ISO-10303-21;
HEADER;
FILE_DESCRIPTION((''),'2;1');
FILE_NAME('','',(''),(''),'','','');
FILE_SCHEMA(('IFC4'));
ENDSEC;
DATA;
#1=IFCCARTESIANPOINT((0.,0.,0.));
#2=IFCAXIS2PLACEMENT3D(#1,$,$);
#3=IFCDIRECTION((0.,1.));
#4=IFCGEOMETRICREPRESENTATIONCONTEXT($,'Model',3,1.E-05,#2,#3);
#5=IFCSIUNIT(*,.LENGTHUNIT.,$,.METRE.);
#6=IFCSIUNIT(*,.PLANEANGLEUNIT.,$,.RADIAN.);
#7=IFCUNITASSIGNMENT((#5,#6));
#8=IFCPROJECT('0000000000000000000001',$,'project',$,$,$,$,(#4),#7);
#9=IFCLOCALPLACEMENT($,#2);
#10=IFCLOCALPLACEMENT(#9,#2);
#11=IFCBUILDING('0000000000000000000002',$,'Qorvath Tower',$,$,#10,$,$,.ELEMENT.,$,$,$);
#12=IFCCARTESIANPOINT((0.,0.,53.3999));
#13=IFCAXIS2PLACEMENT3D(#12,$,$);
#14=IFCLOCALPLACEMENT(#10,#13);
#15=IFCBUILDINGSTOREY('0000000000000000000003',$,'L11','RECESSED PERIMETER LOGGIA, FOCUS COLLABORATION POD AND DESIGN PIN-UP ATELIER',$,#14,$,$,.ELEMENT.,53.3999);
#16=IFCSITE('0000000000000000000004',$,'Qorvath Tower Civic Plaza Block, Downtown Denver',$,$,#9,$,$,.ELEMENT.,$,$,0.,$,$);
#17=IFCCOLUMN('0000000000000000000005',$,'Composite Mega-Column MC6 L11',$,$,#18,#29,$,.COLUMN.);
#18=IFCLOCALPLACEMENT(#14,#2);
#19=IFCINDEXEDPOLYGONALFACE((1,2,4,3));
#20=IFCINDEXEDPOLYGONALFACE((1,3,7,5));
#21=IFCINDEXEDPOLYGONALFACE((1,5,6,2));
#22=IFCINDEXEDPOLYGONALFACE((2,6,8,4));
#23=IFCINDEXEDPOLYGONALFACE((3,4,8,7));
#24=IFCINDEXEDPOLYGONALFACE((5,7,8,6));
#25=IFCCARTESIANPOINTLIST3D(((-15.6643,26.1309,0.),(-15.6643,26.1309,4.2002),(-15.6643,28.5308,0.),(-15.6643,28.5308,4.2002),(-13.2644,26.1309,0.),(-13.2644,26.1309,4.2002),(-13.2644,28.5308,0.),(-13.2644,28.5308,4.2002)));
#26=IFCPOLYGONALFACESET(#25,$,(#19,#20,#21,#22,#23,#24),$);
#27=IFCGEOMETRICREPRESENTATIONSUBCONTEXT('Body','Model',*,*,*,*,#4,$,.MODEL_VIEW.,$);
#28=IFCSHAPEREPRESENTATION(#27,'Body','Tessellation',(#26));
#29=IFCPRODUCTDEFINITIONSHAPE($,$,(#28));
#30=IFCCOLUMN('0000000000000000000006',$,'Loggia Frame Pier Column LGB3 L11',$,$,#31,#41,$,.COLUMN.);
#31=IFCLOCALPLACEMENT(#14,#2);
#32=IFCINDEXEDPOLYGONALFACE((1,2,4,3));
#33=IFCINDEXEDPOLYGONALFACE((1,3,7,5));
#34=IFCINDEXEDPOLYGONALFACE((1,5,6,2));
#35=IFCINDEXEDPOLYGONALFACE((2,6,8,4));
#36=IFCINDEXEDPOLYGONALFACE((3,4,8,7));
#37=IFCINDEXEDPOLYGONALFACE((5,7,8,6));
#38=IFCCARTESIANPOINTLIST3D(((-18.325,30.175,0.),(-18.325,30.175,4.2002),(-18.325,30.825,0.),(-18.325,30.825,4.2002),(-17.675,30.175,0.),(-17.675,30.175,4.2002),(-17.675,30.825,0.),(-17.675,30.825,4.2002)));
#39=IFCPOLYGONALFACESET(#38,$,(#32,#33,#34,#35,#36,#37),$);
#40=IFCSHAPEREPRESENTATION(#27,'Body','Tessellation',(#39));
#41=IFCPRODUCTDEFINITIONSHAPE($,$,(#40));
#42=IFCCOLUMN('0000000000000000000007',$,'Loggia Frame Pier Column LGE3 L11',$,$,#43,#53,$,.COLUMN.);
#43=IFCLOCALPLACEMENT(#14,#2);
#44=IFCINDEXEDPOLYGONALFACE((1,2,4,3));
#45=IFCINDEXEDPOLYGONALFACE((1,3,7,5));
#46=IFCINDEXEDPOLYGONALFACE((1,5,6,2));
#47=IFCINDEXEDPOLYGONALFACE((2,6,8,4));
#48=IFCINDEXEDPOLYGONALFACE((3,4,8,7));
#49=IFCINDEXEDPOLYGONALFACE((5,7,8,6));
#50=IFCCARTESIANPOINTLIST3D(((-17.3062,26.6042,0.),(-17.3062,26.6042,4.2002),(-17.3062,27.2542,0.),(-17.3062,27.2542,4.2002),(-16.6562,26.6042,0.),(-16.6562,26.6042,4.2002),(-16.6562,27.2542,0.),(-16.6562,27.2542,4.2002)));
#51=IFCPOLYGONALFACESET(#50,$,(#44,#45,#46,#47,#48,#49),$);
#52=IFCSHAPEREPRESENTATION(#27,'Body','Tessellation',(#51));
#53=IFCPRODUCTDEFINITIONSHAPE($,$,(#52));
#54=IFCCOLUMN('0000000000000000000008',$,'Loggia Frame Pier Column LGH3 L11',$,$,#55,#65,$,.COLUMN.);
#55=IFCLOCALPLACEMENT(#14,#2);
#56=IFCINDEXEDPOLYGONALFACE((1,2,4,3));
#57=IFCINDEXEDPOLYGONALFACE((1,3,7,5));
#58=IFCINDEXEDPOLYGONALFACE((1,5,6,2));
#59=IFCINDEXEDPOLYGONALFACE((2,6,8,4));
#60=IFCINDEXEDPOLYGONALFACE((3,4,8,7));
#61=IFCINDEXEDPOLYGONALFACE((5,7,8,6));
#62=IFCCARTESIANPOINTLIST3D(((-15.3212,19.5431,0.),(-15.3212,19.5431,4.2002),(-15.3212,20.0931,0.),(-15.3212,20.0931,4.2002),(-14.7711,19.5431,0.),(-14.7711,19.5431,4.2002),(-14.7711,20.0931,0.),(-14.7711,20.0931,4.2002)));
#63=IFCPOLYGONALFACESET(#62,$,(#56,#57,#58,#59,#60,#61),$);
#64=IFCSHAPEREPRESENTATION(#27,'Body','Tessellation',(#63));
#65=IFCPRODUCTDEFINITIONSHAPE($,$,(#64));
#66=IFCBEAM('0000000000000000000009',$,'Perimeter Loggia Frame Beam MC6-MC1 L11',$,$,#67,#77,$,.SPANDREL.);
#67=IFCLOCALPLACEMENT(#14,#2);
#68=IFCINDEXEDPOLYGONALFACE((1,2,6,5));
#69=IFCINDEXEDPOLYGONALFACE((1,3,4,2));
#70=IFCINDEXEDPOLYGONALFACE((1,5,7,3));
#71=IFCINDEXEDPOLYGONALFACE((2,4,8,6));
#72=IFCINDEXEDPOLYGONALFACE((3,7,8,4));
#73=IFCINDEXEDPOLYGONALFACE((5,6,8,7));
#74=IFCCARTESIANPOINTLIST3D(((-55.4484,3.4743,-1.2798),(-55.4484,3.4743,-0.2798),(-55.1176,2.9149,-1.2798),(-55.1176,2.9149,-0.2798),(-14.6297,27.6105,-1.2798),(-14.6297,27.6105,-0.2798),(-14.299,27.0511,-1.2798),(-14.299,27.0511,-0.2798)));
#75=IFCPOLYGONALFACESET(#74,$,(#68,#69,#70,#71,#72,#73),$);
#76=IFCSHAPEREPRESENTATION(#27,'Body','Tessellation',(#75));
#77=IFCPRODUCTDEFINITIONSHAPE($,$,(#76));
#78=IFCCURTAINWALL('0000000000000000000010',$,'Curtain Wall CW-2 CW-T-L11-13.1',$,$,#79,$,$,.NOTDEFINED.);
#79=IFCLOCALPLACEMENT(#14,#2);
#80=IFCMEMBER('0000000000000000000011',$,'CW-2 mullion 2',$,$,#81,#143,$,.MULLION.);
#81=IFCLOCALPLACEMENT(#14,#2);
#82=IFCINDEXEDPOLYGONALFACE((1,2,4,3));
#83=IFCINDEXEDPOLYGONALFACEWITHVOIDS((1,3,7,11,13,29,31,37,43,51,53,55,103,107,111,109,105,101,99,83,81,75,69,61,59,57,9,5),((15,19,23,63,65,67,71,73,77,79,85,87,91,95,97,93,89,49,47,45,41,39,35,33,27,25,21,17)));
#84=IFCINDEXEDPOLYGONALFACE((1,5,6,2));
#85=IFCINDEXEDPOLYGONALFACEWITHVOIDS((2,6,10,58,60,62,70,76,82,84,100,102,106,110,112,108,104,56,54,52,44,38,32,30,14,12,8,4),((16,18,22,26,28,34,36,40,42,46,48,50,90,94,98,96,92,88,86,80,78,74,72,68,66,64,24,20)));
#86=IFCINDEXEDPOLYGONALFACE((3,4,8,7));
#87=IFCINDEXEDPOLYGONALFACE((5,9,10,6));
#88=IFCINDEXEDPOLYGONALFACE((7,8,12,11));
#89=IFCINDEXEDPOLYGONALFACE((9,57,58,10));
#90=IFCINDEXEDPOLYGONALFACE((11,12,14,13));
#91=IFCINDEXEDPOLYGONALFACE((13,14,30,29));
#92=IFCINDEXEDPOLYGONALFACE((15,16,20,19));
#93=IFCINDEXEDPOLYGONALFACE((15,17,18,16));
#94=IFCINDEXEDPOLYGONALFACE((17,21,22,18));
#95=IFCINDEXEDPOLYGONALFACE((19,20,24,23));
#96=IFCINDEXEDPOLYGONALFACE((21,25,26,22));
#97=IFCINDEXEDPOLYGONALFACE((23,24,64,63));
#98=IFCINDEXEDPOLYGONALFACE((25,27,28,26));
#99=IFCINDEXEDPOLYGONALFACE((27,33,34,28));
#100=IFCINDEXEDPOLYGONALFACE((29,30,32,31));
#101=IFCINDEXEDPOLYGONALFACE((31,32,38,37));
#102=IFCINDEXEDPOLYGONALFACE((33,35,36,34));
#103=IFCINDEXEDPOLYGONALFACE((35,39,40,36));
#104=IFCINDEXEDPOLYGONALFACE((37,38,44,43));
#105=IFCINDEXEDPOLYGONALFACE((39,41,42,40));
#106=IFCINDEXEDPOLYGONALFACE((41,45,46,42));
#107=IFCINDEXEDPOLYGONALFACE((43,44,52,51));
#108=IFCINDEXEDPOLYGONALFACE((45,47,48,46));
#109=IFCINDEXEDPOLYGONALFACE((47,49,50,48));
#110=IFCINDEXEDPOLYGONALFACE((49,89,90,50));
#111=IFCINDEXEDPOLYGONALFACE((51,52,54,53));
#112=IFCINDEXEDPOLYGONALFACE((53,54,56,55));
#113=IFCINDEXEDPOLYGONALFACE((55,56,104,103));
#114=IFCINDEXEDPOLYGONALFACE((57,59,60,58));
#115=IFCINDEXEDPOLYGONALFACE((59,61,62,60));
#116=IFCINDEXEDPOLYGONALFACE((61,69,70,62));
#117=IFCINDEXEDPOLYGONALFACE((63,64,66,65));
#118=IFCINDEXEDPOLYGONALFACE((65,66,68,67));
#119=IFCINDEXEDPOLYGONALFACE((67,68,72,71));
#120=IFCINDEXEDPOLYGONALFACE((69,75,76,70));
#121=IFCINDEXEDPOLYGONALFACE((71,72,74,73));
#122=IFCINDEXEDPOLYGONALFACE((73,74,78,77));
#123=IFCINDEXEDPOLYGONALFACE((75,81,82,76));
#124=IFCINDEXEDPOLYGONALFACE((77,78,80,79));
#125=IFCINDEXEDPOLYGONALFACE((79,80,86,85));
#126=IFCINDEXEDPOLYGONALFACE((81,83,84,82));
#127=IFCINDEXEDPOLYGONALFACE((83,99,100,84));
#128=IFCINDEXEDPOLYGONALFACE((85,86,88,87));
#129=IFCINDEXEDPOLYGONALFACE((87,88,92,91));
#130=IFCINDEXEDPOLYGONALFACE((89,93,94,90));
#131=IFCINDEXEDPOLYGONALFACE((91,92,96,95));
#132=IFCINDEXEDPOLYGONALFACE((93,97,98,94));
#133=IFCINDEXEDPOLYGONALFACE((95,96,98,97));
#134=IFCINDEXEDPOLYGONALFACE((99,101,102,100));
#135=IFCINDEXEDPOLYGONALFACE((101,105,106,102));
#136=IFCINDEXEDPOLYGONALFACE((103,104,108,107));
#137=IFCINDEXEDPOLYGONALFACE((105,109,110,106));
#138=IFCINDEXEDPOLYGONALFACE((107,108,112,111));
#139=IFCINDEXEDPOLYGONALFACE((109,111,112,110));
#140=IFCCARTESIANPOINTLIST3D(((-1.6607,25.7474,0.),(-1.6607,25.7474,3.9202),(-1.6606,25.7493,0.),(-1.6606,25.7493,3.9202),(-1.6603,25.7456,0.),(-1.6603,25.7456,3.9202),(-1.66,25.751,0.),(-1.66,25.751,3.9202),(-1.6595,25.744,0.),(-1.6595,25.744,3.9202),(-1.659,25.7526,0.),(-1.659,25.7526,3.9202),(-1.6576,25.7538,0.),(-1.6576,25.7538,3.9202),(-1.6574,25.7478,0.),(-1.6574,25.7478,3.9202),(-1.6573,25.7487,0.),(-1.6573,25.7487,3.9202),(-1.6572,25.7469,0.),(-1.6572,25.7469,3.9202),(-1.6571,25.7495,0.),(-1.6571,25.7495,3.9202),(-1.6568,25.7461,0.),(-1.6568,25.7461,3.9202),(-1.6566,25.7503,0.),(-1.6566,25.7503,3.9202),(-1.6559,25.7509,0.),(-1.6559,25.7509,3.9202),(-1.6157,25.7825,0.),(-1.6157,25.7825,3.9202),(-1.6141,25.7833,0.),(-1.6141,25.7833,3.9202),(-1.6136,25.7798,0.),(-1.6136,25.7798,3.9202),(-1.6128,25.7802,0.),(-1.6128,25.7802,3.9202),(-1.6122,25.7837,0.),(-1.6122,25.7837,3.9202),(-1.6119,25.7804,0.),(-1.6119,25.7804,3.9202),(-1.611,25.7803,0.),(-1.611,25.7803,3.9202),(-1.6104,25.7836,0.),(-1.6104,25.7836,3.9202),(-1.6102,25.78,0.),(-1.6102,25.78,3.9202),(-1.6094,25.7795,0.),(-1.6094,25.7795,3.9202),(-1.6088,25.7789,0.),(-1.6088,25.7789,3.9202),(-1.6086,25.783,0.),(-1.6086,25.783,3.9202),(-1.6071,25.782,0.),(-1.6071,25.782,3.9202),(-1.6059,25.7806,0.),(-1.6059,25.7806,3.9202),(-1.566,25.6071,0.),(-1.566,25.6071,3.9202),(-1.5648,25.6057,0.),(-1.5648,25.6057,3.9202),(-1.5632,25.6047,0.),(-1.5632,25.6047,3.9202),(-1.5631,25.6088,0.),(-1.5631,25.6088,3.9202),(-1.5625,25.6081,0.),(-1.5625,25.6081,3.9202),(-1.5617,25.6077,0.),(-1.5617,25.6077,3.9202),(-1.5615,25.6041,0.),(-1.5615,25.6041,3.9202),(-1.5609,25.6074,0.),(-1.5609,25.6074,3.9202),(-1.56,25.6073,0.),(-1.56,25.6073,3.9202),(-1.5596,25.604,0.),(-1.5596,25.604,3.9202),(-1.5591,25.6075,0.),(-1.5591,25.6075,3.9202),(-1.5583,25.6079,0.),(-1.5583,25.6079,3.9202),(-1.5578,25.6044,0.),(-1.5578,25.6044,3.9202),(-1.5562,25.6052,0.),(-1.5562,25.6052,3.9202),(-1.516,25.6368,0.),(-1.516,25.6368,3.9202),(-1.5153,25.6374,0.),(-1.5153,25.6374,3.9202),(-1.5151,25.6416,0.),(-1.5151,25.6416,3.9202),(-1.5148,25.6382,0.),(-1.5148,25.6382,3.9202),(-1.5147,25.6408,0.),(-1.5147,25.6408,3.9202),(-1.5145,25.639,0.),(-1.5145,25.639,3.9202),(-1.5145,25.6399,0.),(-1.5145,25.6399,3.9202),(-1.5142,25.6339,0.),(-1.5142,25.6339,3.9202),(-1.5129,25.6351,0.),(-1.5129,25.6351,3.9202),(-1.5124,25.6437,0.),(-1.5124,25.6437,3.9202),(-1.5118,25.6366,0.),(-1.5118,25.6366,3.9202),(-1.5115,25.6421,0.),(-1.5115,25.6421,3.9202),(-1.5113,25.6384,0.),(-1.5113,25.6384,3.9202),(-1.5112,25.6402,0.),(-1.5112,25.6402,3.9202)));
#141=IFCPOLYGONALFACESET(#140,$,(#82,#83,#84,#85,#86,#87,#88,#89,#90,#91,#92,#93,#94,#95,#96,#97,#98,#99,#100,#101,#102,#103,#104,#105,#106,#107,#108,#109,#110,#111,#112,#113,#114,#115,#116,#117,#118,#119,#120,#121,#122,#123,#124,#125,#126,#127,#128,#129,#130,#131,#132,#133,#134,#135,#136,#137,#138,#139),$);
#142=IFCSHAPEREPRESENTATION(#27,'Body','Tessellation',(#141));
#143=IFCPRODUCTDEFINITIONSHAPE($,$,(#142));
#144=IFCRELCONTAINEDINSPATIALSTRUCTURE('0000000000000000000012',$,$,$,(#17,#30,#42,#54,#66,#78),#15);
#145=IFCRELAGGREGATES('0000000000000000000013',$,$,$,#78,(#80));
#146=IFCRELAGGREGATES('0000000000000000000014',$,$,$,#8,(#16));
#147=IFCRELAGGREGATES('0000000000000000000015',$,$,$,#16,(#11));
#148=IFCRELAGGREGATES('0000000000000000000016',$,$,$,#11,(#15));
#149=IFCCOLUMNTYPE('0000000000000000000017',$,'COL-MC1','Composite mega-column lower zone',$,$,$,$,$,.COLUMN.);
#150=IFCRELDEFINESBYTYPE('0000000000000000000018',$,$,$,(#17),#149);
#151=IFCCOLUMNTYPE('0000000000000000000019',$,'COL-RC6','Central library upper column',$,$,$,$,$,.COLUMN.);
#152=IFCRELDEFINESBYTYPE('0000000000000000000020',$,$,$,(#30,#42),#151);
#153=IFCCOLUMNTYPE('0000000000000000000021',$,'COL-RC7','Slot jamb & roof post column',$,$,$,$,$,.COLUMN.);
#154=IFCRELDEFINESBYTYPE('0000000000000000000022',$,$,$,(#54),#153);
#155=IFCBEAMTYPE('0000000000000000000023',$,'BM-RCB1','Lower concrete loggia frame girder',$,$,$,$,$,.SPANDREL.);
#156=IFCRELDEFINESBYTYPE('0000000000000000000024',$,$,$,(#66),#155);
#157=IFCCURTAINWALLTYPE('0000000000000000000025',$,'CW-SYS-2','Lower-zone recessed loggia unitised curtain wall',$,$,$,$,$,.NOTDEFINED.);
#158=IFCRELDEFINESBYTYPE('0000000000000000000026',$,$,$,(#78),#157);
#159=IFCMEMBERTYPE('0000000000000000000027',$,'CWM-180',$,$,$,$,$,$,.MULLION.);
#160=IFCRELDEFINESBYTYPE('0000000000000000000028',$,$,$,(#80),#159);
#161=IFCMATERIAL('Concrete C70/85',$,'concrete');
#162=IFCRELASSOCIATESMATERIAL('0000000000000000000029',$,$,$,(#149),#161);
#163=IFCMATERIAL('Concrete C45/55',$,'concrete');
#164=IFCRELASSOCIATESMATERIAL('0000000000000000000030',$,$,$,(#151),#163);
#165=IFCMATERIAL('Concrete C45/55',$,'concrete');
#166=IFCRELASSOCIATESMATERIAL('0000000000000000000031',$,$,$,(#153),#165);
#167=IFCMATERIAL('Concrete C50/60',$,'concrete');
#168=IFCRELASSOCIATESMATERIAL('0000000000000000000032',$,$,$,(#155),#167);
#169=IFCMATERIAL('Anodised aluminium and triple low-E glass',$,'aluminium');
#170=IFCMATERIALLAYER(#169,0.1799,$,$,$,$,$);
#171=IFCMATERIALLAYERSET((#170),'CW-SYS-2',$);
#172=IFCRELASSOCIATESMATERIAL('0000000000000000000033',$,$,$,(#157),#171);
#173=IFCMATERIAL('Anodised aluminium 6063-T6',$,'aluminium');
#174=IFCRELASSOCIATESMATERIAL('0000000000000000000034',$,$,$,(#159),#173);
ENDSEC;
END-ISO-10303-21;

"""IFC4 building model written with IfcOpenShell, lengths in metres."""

from ifc_helpers import new_model, si_unit, direction, frame, origin, origin_2d, place, context, subcontext, project, spatial, rectangle, hollow_rectangle, extrude, material, layer, layer_set, material_profile, profile_set, type_object, element, aggregate, save


model = new_model("IFC4")

# Units and contexts
model_context = context("Model", 3, precision=1e-05, world=origin(), true_north=direction((0.0, 1.0)))
body_context = subcontext(model_context, "Body", "Model", "MODEL_VIEW")
ifc_project = project(units=[si_unit("LENGTHUNIT", "METRE"), si_unit("PLANEANGLEUNIT", "RADIAN")], contexts=[model_context])

# Site, building, storey
site_placement = place(None, origin())
site = spatial("IfcSite", under=ifc_project, at=site_placement, Name="Qorvath Tower Civic Plaza Block, Downtown Denver", CompositionType="ELEMENT", RefElevation=0.0)
building_placement = place(site_placement, origin())
building = spatial("IfcBuilding", under=site, at=building_placement, Name="Qorvath Tower", CompositionType="ELEMENT")
storey_placement = place(building_placement, frame((0.0, 0.0, 53.3999)))
storey = spatial("IfcBuildingStorey", under=building, at=storey_placement, Name="L11", Description="RECESSED PERIMETER LOGGIA, FOCUS COLLABORATION POD AND DESIGN PIN-UP ATELIER", CompositionType="ELEMENT", Elevation=53.3999)

# Columns
ifc_material_1 = material(Name="Concrete C70/85", Category="concrete")
ifc_material_profile_1 = material_profile(ifc_material_1, rectangle(XDim=2.3999, YDim=2.3999, at=origin_2d()), Name="MC 2400x2400")
ifc_profile_set_1 = profile_set([ifc_material_profile_1], Name="Concrete C70/85")
column_type_1 = type_object("IfcColumnType", Name="COL-MC1", Description="Composite mega-column lower zone", PredefinedType="COLUMN", material=ifc_profile_set_1)
column_1_placement = place(storey_placement, frame((-14.4644, 27.3308, 0.0), z_axis=(0.0, 0.0, 1.0), x_axis=(1.0, 0.0, 0.0)))
element("IfcColumn", 1, at=column_1_placement, inside=storey, type_object=column_type_1, Name="Composite Mega-Column MC6 L11", PredefinedType="COLUMN", context=body_context, shape_type="SweptSolid", body=[
    extrude(rectangle(XDim=2.3999, YDim=2.3999, at=origin_2d()), origin(), (0.0, 0.0, 1.0), 4.2002),
])
ifc_material_2 = material(Name="Concrete C45/55", Category="concrete")
ifc_material_profile_2 = material_profile(ifc_material_2, rectangle(XDim=0.6499, YDim=0.6499, at=origin_2d()), Name="RC 650x650")
ifc_profile_set_2 = profile_set([ifc_material_profile_2], Name="Concrete C45/55")
column_type_2 = type_object("IfcColumnType", Name="COL-RC6", Description="Central library upper column", PredefinedType="COLUMN", material=ifc_profile_set_2)
for number, where, z_axis, x_axis, name in (
    (2, (-18.0, 30.5, 0.0), (0.0, 0.0, 1.0), (1.0, 0.0, 0.0), "Loggia Frame Pier Column LGB3 L11"),
    (3, (-16.9812, 26.9292, 0.0), (0.0, 0.0, 1.0), (1.0, 0.0, 0.0), "Loggia Frame Pier Column LGE3 L11"),
):
    element("IfcColumn", number, at=place(storey_placement, frame(where, z_axis=z_axis, x_axis=x_axis)), inside=storey, type_object=column_type_2, Name=name, PredefinedType="COLUMN", context=body_context, shape_type="SweptSolid", body=[
        extrude(rectangle(XDim=0.6499, YDim=0.6499, at=origin_2d()), origin(), (0.0, 0.0, 1.0), 4.2002),
    ])
ifc_material_3 = material(Name="Concrete C45/55", Category="concrete")
ifc_material_profile_3 = material_profile(ifc_material_3, rectangle(XDim=0.55, YDim=0.55, at=origin_2d()), Name="RC 550x550")
ifc_profile_set_3 = profile_set([ifc_material_profile_3], Name="Concrete C45/55")
column_type_3 = type_object("IfcColumnType", Name="COL-RC7", Description="Slot jamb & roof post column", PredefinedType="COLUMN", material=ifc_profile_set_3)
column_2_placement = place(storey_placement, frame((-15.0461, 19.8181, 0.0), z_axis=(0.0, 0.0, 1.0), x_axis=(1.0, 0.0, 0.0)))
element("IfcColumn", 4, at=column_2_placement, inside=storey, type_object=column_type_3, Name="Loggia Frame Pier Column LGH3 L11", PredefinedType="COLUMN", context=body_context, shape_type="SweptSolid", body=[
    extrude(rectangle(XDim=0.55, YDim=0.55, at=origin_2d()), origin(), (0.0, 0.0, 1.0), 4.2002),
])

# Beam
ifc_material_4 = material(Name="Concrete C50/60", Category="concrete")
ifc_material_profile_4 = material_profile(ifc_material_4, rectangle(XDim=0.6499, YDim=1.0, at=origin_2d()), Name="RCB 1000x650")
ifc_profile_set_4 = profile_set([ifc_material_profile_4], Name="Concrete C50/60")
beam_type = type_object("IfcBeamType", Name="BM-RCB1", Description="Lower concrete loggia frame girder", PredefinedType="SPANDREL", material=ifc_profile_set_4)
beam_placement = place(storey_placement, frame((-14.4644, 27.3308, -0.7798), z_axis=(-0.860777, -0.508982, 0.0), x_axis=(0.508982, -0.860777, 0.0)))
element("IfcBeam", 5, at=beam_placement, inside=storey, type_object=beam_type, Name="Perimeter Loggia Frame Beam MC6-MC1 L11", PredefinedType="SPANDREL", context=body_context, shape_type="SweptSolid", body=[
    extrude(rectangle(XDim=0.6499, YDim=1.0, at=origin_2d()), origin(), (0.0, 0.0, 1.0), 47.4207),
])

# Curtain wall, member
ifc_material_5 = material(Name="Anodised aluminium and triple low-E glass", Category="aluminium")
ifc_layer_1 = layer(ifc_material_5, 0.1799)
ifc_layer_set_1 = layer_set([ifc_layer_1], Name="CW-SYS-2")
curtain_wall_type = type_object("IfcCurtainWallType", Name="CW-SYS-2", Description="Lower-zone recessed loggia unitised curtain wall", PredefinedType="NOTDEFINED", material=ifc_layer_set_1)
curtain_wall_1_placement = place(storey_placement, origin())
curtain_wall_1 = element("IfcCurtainWall", 6, at=curtain_wall_1_placement, inside=storey, type_object=curtain_wall_type, Name="Curtain Wall CW-2 CW-T-L11-13.1", PredefinedType="NOTDEFINED")
ifc_material_6 = material(Name="Anodised aluminium 6063-T6", Category="aluminium")
ifc_material_profile_5 = material_profile(ifc_material_6, hollow_rectangle(XDim=0.0649, YDim=0.1799, WallThickness=0.0034, InnerFilletRadius=0.0034, OuterFilletRadius=0.0071, at=origin_2d()), Name="CWM 180x65")
ifc_profile_set_5 = profile_set([ifc_material_profile_5], Name="Anodised aluminium 6063-T6")
member_type_1 = type_object("IfcMemberType", Name="CWM-180", PredefinedType="MULLION", material=ifc_profile_set_5)
member_1_placement = place(storey_placement, frame((-1.5859, 25.6938, 0.0), z_axis=(0.0, 0.0, 1.0), x_axis=(-0.825849, -0.563891, 0.0)))
member_1 = element("IfcMember", 7, at=member_1_placement, type_object=member_type_1, Name="CW-2 mullion 2", PredefinedType="MULLION", context=body_context, shape_type="SweptSolid", body=[
    extrude(hollow_rectangle(XDim=0.0649, YDim=0.1799, WallThickness=0.0034, InnerFilletRadius=0.0034, OuterFilletRadius=0.0071, at=origin_2d()), origin(), (0.0, 0.0, 1.0), 3.9202),
])

aggregate(curtain_wall_1, [member_1])

save(model, "model.ifc")
